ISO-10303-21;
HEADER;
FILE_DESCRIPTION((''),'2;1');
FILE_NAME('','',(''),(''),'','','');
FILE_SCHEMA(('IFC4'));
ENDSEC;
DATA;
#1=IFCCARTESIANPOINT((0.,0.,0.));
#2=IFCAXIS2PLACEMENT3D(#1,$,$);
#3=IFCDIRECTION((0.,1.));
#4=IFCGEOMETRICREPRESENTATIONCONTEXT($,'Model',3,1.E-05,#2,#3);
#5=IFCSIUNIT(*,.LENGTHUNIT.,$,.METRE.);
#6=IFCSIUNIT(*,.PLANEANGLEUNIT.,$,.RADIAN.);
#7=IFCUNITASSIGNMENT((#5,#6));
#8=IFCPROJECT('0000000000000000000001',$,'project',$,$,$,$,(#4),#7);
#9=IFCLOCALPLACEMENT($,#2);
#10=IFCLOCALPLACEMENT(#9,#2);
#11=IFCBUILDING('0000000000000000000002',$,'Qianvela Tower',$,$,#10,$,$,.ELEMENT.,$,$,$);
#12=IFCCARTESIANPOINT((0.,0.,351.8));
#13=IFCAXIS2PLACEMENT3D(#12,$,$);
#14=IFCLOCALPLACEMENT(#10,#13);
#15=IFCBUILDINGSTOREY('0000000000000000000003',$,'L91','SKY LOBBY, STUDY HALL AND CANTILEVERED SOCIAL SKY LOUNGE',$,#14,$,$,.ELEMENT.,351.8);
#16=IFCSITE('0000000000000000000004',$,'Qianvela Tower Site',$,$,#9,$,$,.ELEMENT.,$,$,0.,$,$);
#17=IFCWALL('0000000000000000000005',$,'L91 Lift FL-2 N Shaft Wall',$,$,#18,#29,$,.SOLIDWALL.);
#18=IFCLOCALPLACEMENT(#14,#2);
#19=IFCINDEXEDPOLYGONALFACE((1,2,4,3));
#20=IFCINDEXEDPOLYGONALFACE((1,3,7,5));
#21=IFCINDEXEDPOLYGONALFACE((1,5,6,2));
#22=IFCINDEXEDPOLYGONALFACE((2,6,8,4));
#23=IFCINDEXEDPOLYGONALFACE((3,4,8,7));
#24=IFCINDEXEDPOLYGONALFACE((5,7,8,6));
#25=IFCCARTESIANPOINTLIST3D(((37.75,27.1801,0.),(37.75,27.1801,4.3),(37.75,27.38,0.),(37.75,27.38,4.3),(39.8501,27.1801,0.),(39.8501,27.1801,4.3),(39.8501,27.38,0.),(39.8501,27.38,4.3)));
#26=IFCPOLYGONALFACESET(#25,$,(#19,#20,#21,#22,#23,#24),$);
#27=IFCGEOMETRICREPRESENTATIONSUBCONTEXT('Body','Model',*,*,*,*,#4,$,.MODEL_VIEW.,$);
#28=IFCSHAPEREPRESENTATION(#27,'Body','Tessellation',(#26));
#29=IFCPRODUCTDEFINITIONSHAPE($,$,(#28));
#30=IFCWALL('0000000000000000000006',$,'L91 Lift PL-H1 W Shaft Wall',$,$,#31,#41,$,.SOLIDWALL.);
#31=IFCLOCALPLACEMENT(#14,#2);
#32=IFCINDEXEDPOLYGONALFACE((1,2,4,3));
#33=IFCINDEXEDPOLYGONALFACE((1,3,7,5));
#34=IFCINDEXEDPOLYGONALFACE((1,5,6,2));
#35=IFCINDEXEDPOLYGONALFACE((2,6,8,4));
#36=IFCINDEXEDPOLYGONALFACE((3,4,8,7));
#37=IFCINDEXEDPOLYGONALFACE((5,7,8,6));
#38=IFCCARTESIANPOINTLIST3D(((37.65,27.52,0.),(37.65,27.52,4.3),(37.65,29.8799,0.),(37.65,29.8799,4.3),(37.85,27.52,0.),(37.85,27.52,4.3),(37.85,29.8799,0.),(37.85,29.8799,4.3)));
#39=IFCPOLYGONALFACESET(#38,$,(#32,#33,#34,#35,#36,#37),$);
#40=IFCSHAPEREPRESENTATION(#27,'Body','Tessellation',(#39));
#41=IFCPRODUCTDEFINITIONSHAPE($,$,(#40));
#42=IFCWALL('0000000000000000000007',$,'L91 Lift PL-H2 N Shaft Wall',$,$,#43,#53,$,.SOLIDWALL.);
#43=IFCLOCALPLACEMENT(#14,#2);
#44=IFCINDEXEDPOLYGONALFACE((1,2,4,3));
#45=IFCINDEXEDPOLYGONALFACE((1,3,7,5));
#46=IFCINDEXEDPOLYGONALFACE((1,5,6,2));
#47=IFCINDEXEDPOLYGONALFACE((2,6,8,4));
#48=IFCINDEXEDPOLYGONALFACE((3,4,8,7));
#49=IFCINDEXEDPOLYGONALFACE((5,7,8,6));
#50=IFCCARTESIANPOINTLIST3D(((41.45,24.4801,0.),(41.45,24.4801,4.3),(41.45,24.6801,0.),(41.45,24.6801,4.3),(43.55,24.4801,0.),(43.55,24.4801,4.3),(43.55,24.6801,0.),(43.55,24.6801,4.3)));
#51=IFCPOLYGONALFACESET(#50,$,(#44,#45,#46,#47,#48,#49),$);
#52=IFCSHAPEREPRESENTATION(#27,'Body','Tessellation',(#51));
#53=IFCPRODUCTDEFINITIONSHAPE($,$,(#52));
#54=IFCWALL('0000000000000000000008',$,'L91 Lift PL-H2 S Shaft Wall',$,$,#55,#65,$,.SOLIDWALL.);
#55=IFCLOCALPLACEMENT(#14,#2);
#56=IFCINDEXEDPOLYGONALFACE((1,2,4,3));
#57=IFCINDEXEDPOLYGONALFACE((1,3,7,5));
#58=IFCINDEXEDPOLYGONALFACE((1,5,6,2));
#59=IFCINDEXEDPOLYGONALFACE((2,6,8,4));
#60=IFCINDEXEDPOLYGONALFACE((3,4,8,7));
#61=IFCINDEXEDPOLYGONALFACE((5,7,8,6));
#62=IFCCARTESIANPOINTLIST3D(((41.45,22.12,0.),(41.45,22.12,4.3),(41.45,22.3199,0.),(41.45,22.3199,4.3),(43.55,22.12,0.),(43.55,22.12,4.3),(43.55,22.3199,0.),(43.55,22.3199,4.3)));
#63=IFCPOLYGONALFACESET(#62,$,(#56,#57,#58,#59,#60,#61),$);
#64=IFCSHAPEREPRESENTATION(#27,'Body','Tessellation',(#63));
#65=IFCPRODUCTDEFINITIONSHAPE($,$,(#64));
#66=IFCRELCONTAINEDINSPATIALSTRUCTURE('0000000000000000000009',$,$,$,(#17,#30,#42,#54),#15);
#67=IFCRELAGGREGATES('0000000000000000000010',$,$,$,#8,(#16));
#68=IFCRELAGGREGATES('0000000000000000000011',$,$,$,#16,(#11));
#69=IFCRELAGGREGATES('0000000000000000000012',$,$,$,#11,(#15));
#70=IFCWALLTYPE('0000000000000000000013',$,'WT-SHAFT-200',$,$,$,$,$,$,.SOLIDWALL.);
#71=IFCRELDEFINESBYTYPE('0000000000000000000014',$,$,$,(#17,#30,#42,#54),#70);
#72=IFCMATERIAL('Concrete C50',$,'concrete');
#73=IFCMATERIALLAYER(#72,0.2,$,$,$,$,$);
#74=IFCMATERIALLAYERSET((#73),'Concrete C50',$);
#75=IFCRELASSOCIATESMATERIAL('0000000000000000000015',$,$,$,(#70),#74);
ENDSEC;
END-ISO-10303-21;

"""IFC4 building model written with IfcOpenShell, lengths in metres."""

from ifc_helpers import new_model, si_unit, direction, frame, frame_2d, origin, place, context, subcontext, project, spatial, rectangle, extrude, material, layer, layer_set, type_object, element, save


model = new_model("IFC4")

# Units and contexts
model_context = context("Model", 3, precision=1e-05, world=origin(), true_north=direction((0.0, 1.0)))
body_context = subcontext(model_context, "Body", "Model", "MODEL_VIEW")
ifc_project = project(units=[si_unit("LENGTHUNIT", "METRE"), si_unit("PLANEANGLEUNIT", "RADIAN")], contexts=[model_context])

# Site, building, storey
site_placement = place(None, origin())
site = spatial("IfcSite", under=ifc_project, at=site_placement, Name="Qianvela Tower Site", CompositionType="ELEMENT", RefElevation=0.0)
building_placement = place(site_placement, origin())
building = spatial("IfcBuilding", under=site, at=building_placement, Name="Qianvela Tower", CompositionType="ELEMENT")
storey_placement = place(building_placement, frame((0.0, 0.0, 351.8)))
storey = spatial("IfcBuildingStorey", under=building, at=storey_placement, Name="L91", Description="SKY LOBBY, STUDY HALL AND CANTILEVERED SOCIAL SKY LOUNGE", CompositionType="ELEMENT", Elevation=351.8)

# Shared definitions
ifc_material_1 = material(Name="Concrete C50", Category="concrete")
ifc_layer_1 = layer(ifc_material_1, 0.2)
ifc_layer_set_1 = layer_set([ifc_layer_1], Name="Concrete C50")
wall_type_1 = type_object("IfcWallType", Name="WT-SHAFT-200", PredefinedType="SOLIDWALL", material=ifc_layer_set_1)

# Wall
wall_1_placement = place(storey_placement, frame((37.75, 27.28, 0.0), z_axis=(0.0, 0.0, 1.0), x_axis=(1.0, 0.0, 0.0)))
element("IfcWall", 1, at=wall_1_placement, inside=storey, type_object=wall_type_1, Name="L91 Lift FL-2 N Shaft Wall", PredefinedType="SOLIDWALL", context=body_context, shape_type="SweptSolid", body=[
    extrude(rectangle(XDim=2.1001, YDim=0.2, at=frame_2d((1.05, 0.0))), origin(), (0.0, 0.0, 1.0), 4.3),
])

# Wall
wall_2_placement = place(storey_placement, frame((37.75, 27.52, 0.0), z_axis=(0.0, 0.0, 1.0), x_axis=(0.0, 1.0, 0.0)))
element("IfcWall", 2, at=wall_2_placement, inside=storey, type_object=wall_type_1, Name="L91 Lift PL-H1 W Shaft Wall", PredefinedType="SOLIDWALL", context=body_context, shape_type="SweptSolid", body=[
    extrude(rectangle(XDim=2.3599, YDim=0.2, at=frame_2d((1.1799, 0.0))), origin(), (0.0, 0.0, 1.0), 4.3),
])

# Walls
for number, where, z_axis, x_axis, name in (
    (3, (41.45, 24.5801, 0.0), (0.0, 0.0, 1.0), (1.0, 0.0, 0.0), "L91 Lift PL-H2 N Shaft Wall"),
    (4, (41.45, 22.22, 0.0), (0.0, 0.0, 1.0), (1.0, 0.0, 0.0), "L91 Lift PL-H2 S Shaft Wall"),
):
    element("IfcWall", number, at=place(storey_placement, frame(where, z_axis=z_axis, x_axis=x_axis)), inside=storey, type_object=wall_type_1, Name=name, PredefinedType="SOLIDWALL", context=body_context, shape_type="SweptSolid", body=[
        extrude(rectangle(XDim=2.1001, YDim=0.2, at=frame_2d((1.05, 0.0))), origin(), (0.0, 0.0, 1.0), 4.3),
    ])

save(model, "model.ifc")
